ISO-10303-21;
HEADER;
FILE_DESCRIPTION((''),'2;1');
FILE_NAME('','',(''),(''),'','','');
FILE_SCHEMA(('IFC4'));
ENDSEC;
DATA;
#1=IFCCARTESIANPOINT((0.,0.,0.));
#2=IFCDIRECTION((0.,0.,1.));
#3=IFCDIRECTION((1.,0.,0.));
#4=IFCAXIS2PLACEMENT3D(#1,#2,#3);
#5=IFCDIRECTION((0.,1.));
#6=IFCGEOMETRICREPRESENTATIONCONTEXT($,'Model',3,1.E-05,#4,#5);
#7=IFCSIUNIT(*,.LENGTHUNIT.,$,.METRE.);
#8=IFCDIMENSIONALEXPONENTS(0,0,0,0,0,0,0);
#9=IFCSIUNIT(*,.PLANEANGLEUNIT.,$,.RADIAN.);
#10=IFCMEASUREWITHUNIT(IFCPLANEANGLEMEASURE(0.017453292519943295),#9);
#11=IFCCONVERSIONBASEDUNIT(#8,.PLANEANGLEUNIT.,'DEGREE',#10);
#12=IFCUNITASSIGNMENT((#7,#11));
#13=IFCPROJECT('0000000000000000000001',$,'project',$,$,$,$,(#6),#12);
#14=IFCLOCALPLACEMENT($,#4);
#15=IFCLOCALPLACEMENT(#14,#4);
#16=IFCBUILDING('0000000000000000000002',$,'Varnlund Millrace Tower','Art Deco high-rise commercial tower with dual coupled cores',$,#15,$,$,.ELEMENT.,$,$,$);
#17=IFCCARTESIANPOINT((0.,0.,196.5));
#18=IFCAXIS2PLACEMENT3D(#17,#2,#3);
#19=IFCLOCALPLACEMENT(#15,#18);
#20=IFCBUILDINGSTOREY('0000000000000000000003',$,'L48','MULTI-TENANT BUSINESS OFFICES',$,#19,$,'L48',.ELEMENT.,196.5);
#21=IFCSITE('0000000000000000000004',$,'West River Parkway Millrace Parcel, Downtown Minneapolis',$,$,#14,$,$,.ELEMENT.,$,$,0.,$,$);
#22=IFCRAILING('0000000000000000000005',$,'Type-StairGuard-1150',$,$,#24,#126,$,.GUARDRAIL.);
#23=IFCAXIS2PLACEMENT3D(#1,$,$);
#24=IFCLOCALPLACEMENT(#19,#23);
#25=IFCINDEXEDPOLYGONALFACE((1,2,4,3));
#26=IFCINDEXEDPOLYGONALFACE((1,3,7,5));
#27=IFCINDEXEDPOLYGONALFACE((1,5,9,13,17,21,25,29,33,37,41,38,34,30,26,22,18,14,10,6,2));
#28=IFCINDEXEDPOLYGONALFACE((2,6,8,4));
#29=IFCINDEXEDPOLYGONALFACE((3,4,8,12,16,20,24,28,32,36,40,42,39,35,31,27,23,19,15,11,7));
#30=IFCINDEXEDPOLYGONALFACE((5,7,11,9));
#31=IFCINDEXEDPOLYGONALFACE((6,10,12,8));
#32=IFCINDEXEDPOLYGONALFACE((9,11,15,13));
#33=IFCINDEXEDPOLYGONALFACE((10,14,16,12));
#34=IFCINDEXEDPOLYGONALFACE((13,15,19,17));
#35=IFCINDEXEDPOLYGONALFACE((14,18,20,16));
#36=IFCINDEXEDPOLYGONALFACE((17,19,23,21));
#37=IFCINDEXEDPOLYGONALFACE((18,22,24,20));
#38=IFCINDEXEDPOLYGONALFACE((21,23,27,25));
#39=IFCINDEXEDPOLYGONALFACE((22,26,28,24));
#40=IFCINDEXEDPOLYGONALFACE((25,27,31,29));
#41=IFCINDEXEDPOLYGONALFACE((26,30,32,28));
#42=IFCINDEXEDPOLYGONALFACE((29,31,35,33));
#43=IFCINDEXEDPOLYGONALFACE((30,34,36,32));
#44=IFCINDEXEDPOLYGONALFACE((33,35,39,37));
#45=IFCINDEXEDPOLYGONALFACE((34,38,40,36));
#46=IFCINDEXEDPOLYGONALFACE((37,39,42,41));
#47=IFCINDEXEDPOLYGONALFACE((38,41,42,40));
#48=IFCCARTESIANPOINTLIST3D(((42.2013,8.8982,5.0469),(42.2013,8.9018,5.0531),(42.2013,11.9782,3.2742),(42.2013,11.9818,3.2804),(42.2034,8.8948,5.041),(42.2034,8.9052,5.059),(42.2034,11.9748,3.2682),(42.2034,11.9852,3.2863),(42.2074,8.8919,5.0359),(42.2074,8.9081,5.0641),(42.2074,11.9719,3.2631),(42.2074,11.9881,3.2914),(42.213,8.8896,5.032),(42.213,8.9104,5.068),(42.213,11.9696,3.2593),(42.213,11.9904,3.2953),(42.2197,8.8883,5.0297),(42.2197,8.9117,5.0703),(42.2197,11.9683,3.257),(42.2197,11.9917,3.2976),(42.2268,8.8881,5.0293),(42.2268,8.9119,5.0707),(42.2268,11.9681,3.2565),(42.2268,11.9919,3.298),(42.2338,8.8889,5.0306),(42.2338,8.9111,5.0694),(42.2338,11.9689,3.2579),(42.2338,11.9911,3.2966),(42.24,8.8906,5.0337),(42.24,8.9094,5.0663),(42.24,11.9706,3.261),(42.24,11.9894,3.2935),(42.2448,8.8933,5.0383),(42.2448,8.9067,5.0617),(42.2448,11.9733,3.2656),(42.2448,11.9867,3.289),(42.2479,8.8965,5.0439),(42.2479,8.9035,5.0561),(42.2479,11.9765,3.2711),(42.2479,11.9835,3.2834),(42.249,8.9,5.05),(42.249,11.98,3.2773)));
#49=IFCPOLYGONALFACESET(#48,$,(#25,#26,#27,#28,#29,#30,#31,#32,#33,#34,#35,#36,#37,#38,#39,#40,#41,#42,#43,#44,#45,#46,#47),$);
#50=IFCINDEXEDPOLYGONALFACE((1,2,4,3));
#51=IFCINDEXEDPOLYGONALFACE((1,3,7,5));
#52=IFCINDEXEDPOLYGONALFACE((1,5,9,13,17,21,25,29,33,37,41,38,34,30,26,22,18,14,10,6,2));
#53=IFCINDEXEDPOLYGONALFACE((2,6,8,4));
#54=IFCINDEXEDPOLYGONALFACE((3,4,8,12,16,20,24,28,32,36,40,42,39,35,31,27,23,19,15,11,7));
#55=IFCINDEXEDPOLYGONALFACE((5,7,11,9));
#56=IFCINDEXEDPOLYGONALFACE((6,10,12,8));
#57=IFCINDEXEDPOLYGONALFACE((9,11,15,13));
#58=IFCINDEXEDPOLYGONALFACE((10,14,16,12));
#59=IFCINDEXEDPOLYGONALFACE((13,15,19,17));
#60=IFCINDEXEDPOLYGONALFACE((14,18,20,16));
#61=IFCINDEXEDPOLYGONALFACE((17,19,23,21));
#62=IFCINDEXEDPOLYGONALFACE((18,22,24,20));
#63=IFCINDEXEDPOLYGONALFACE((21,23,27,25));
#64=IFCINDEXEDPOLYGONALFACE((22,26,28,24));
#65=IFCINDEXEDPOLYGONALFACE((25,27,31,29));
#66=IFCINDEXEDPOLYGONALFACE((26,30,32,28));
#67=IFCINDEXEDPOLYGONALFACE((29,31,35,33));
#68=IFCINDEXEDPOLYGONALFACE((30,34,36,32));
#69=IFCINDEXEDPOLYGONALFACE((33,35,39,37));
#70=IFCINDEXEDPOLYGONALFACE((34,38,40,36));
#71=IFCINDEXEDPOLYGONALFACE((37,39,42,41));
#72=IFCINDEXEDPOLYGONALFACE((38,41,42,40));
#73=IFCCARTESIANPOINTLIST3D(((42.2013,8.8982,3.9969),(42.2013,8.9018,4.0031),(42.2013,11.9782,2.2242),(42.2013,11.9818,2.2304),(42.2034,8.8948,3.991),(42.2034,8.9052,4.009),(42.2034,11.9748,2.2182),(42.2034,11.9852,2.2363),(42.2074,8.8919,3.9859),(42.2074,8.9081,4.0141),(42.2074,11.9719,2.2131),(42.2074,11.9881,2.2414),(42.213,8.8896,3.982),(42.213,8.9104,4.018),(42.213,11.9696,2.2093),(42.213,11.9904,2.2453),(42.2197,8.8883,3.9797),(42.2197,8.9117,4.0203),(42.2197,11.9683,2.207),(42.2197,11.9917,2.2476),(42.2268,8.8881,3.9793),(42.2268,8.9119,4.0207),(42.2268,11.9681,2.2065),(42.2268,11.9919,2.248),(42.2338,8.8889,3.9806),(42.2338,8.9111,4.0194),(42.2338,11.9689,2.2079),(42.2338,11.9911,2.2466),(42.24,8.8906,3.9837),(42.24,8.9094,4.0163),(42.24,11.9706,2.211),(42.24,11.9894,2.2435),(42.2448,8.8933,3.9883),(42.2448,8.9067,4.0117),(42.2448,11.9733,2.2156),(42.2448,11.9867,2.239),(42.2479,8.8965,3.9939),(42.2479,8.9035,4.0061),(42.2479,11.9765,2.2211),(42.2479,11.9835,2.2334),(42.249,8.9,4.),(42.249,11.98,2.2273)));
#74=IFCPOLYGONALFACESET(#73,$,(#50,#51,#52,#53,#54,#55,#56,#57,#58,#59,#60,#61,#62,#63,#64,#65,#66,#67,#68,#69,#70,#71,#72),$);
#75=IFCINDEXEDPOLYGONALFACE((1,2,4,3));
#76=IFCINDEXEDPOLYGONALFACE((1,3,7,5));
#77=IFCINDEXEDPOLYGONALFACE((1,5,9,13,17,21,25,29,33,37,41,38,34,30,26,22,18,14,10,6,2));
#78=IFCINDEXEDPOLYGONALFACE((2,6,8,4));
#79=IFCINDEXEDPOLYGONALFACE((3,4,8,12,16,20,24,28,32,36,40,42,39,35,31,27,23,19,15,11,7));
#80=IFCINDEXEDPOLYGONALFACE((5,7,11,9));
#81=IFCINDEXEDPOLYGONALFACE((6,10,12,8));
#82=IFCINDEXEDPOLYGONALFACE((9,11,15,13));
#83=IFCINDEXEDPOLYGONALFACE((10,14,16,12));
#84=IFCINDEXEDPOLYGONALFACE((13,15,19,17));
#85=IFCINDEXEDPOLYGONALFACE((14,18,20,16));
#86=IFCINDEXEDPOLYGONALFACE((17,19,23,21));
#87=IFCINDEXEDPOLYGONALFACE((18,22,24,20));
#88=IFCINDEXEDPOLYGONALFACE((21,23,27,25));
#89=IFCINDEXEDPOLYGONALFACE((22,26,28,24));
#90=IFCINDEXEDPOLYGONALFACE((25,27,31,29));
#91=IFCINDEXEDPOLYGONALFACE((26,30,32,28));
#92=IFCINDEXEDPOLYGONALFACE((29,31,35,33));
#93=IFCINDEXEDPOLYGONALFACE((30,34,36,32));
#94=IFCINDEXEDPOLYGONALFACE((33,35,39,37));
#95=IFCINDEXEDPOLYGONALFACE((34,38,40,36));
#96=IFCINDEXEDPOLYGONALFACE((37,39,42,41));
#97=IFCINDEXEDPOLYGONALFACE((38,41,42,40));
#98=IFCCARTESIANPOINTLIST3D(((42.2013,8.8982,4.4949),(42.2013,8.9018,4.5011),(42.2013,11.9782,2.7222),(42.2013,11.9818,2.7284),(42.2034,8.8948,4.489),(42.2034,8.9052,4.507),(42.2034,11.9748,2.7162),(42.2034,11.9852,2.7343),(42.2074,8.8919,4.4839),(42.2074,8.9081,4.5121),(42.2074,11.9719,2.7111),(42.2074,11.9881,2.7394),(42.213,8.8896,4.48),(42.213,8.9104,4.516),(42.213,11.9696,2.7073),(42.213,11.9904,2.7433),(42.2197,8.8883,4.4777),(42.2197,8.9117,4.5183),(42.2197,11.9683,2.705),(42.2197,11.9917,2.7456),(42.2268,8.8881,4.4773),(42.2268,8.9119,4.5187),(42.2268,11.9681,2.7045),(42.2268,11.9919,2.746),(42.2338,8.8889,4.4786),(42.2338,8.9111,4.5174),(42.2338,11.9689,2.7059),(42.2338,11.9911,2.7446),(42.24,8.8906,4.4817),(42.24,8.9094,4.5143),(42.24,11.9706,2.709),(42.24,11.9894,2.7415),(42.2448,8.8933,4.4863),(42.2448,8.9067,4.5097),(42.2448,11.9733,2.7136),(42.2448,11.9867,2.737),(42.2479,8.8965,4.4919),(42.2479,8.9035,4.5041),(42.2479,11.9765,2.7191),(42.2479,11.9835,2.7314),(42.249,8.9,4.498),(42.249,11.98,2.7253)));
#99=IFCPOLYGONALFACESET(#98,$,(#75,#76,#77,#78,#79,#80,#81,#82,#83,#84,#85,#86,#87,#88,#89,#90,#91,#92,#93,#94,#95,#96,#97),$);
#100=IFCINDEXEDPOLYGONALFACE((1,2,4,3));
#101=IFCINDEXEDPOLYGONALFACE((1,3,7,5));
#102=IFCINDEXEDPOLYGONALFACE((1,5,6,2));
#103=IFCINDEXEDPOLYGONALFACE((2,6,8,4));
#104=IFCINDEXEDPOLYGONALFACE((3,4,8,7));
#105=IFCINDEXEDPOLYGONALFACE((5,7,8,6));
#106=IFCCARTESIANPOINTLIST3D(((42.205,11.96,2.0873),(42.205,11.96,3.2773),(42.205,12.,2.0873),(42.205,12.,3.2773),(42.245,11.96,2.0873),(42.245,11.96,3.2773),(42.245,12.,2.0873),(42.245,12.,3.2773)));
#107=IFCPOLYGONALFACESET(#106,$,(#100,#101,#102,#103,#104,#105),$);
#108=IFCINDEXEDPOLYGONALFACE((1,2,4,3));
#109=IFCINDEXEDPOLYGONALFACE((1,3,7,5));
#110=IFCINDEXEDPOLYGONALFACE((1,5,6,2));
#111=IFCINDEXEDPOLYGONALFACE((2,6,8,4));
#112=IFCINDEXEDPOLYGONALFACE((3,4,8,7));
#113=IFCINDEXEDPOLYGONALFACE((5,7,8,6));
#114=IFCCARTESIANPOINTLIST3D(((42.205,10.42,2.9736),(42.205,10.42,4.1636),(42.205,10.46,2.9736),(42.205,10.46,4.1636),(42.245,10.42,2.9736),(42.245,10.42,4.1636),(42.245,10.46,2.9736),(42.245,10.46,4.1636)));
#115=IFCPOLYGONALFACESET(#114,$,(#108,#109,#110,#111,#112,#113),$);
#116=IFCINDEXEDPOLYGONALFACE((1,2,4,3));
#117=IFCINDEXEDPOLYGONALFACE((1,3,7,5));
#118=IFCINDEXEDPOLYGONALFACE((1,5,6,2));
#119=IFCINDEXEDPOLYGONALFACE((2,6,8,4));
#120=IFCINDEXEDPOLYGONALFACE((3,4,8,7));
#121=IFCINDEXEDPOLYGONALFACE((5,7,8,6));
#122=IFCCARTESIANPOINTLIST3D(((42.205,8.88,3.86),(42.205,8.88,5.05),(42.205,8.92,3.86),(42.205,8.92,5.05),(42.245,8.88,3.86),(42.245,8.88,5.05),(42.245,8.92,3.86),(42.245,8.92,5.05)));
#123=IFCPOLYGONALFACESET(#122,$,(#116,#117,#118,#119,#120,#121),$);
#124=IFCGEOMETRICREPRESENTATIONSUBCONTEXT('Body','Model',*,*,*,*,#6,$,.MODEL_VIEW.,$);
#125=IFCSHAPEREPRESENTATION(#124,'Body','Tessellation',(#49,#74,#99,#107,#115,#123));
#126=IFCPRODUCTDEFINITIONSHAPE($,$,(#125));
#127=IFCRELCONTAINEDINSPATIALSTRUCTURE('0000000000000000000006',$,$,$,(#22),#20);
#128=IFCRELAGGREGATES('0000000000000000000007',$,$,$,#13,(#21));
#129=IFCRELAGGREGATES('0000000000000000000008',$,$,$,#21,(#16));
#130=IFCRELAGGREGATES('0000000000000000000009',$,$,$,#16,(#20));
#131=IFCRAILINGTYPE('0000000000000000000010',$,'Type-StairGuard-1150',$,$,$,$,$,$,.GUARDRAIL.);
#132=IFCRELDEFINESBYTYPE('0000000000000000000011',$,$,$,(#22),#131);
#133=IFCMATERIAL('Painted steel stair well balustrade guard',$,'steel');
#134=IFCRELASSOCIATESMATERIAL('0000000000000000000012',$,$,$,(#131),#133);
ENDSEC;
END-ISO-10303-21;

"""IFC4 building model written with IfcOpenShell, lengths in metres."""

from ifc_helpers import new_model, entity, si_unit, converted_unit, direction, frame, origin_with_axes, origin_2d_with_axis, place, context, subcontext, project, spatial, rectangle, circle, extrude, material, type_object, element, save


model = new_model("IFC4")

# Units and contexts
model_context = context("Model", 3, precision=1e-05, world=origin_with_axes(), true_north=direction((0.0, 1.0)))
body_context = subcontext(model_context, "Body", "Model", "MODEL_VIEW")
ifc_project = project(units=[si_unit("LENGTHUNIT", "METRE"), converted_unit("PLANEANGLEUNIT", "DEGREE", entity("IfcPlaneAngleMeasure", 0.017453292519943295), si_unit("PLANEANGLEUNIT", "RADIAN"), dimensions=[0, 0, 0, 0, 0, 0, 0])], contexts=[model_context])

# Site, building, storey
site_placement = place(None, origin_with_axes())
site = spatial("IfcSite", under=ifc_project, at=site_placement, Name="West River Parkway Millrace Parcel, Downtown Minneapolis", CompositionType="ELEMENT", RefElevation=0.0)
building_placement = place(site_placement, origin_with_axes())
building = spatial("IfcBuilding", under=site, at=building_placement, Name="Varnlund Millrace Tower", Description="Art Deco high-rise commercial tower with dual coupled cores", CompositionType="ELEMENT")
storey_placement = place(building_placement, frame((0.0, 0.0, 196.5), z_axis=(0.0, 0.0, 1.0), x_axis=(1.0, 0.0, 0.0)))
storey = spatial("IfcBuildingStorey", under=building, at=storey_placement, Name="L48", Description="MULTI-TENANT BUSINESS OFFICES", LongName="L48", CompositionType="ELEMENT", Elevation=196.5)

# Railing
ifc_material_1 = material(Name="Painted steel stair well balustrade guard", Category="steel")
railing_type_1 = type_object("IfcRailingType", Name="Type-StairGuard-1150", PredefinedType="GUARDRAIL", material=ifc_material_1)
railing_1_placement = place(storey_placement, frame((0.0, 0.0, -196.5), z_axis=(0.0, 0.0, 1.0), x_axis=(1.0, 0.0, 0.0)))
element("IfcRailing", 1, at=railing_1_placement, inside=storey, type_object=railing_type_1, Name="Type-StairGuard-1150", PredefinedType="GUARDRAIL", context=body_context, shape_type="SweptSolid", body=[
    extrude(circle(Radius=0.024, at=origin_2d_with_axis()), frame((42.225, 11.98, 199.7773), z_axis=(0.0, -0.866696, 0.498836), x_axis=(1.0, 0.0, 0.0)), (0.0, 0.0, 1.0), 3.5537),
    extrude(circle(Radius=0.024, at=origin_2d_with_axis()), frame((42.225, 11.98, 198.7273), z_axis=(0.0, -0.866696, 0.498836), x_axis=(1.0, 0.0, 0.0)), (0.0, 0.0, 1.0), 3.5537),
    extrude(circle(Radius=0.024, at=origin_2d_with_axis()), frame((42.225, 11.98, 199.2253), z_axis=(0.0, -0.866696, 0.498836), x_axis=(1.0, 0.0, 0.0)), (0.0, 0.0, 1.0), 3.5537),
    extrude(rectangle(XDim=0.04, YDim=0.04, at=origin_2d_with_axis()), frame((42.225, 11.98, 198.5873), z_axis=(0.0, 0.0, 1.0), x_axis=(1.0, 0.0, 0.0)), (0.0, 0.0, 1.0), 1.19),
    extrude(rectangle(XDim=0.04, YDim=0.04, at=origin_2d_with_axis()), frame((42.225, 10.44, 199.4736), z_axis=(0.0, 0.0, 1.0), x_axis=(1.0, 0.0, 0.0)), (0.0, 0.0, 1.0), 1.19),
    extrude(rectangle(XDim=0.04, YDim=0.04, at=origin_2d_with_axis()), frame((42.225, 8.9, 200.36), z_axis=(0.0, 0.0, 1.0), x_axis=(1.0, 0.0, 0.0)), (0.0, 0.0, 1.0), 1.19),
])

save(model, "model.ifc")
